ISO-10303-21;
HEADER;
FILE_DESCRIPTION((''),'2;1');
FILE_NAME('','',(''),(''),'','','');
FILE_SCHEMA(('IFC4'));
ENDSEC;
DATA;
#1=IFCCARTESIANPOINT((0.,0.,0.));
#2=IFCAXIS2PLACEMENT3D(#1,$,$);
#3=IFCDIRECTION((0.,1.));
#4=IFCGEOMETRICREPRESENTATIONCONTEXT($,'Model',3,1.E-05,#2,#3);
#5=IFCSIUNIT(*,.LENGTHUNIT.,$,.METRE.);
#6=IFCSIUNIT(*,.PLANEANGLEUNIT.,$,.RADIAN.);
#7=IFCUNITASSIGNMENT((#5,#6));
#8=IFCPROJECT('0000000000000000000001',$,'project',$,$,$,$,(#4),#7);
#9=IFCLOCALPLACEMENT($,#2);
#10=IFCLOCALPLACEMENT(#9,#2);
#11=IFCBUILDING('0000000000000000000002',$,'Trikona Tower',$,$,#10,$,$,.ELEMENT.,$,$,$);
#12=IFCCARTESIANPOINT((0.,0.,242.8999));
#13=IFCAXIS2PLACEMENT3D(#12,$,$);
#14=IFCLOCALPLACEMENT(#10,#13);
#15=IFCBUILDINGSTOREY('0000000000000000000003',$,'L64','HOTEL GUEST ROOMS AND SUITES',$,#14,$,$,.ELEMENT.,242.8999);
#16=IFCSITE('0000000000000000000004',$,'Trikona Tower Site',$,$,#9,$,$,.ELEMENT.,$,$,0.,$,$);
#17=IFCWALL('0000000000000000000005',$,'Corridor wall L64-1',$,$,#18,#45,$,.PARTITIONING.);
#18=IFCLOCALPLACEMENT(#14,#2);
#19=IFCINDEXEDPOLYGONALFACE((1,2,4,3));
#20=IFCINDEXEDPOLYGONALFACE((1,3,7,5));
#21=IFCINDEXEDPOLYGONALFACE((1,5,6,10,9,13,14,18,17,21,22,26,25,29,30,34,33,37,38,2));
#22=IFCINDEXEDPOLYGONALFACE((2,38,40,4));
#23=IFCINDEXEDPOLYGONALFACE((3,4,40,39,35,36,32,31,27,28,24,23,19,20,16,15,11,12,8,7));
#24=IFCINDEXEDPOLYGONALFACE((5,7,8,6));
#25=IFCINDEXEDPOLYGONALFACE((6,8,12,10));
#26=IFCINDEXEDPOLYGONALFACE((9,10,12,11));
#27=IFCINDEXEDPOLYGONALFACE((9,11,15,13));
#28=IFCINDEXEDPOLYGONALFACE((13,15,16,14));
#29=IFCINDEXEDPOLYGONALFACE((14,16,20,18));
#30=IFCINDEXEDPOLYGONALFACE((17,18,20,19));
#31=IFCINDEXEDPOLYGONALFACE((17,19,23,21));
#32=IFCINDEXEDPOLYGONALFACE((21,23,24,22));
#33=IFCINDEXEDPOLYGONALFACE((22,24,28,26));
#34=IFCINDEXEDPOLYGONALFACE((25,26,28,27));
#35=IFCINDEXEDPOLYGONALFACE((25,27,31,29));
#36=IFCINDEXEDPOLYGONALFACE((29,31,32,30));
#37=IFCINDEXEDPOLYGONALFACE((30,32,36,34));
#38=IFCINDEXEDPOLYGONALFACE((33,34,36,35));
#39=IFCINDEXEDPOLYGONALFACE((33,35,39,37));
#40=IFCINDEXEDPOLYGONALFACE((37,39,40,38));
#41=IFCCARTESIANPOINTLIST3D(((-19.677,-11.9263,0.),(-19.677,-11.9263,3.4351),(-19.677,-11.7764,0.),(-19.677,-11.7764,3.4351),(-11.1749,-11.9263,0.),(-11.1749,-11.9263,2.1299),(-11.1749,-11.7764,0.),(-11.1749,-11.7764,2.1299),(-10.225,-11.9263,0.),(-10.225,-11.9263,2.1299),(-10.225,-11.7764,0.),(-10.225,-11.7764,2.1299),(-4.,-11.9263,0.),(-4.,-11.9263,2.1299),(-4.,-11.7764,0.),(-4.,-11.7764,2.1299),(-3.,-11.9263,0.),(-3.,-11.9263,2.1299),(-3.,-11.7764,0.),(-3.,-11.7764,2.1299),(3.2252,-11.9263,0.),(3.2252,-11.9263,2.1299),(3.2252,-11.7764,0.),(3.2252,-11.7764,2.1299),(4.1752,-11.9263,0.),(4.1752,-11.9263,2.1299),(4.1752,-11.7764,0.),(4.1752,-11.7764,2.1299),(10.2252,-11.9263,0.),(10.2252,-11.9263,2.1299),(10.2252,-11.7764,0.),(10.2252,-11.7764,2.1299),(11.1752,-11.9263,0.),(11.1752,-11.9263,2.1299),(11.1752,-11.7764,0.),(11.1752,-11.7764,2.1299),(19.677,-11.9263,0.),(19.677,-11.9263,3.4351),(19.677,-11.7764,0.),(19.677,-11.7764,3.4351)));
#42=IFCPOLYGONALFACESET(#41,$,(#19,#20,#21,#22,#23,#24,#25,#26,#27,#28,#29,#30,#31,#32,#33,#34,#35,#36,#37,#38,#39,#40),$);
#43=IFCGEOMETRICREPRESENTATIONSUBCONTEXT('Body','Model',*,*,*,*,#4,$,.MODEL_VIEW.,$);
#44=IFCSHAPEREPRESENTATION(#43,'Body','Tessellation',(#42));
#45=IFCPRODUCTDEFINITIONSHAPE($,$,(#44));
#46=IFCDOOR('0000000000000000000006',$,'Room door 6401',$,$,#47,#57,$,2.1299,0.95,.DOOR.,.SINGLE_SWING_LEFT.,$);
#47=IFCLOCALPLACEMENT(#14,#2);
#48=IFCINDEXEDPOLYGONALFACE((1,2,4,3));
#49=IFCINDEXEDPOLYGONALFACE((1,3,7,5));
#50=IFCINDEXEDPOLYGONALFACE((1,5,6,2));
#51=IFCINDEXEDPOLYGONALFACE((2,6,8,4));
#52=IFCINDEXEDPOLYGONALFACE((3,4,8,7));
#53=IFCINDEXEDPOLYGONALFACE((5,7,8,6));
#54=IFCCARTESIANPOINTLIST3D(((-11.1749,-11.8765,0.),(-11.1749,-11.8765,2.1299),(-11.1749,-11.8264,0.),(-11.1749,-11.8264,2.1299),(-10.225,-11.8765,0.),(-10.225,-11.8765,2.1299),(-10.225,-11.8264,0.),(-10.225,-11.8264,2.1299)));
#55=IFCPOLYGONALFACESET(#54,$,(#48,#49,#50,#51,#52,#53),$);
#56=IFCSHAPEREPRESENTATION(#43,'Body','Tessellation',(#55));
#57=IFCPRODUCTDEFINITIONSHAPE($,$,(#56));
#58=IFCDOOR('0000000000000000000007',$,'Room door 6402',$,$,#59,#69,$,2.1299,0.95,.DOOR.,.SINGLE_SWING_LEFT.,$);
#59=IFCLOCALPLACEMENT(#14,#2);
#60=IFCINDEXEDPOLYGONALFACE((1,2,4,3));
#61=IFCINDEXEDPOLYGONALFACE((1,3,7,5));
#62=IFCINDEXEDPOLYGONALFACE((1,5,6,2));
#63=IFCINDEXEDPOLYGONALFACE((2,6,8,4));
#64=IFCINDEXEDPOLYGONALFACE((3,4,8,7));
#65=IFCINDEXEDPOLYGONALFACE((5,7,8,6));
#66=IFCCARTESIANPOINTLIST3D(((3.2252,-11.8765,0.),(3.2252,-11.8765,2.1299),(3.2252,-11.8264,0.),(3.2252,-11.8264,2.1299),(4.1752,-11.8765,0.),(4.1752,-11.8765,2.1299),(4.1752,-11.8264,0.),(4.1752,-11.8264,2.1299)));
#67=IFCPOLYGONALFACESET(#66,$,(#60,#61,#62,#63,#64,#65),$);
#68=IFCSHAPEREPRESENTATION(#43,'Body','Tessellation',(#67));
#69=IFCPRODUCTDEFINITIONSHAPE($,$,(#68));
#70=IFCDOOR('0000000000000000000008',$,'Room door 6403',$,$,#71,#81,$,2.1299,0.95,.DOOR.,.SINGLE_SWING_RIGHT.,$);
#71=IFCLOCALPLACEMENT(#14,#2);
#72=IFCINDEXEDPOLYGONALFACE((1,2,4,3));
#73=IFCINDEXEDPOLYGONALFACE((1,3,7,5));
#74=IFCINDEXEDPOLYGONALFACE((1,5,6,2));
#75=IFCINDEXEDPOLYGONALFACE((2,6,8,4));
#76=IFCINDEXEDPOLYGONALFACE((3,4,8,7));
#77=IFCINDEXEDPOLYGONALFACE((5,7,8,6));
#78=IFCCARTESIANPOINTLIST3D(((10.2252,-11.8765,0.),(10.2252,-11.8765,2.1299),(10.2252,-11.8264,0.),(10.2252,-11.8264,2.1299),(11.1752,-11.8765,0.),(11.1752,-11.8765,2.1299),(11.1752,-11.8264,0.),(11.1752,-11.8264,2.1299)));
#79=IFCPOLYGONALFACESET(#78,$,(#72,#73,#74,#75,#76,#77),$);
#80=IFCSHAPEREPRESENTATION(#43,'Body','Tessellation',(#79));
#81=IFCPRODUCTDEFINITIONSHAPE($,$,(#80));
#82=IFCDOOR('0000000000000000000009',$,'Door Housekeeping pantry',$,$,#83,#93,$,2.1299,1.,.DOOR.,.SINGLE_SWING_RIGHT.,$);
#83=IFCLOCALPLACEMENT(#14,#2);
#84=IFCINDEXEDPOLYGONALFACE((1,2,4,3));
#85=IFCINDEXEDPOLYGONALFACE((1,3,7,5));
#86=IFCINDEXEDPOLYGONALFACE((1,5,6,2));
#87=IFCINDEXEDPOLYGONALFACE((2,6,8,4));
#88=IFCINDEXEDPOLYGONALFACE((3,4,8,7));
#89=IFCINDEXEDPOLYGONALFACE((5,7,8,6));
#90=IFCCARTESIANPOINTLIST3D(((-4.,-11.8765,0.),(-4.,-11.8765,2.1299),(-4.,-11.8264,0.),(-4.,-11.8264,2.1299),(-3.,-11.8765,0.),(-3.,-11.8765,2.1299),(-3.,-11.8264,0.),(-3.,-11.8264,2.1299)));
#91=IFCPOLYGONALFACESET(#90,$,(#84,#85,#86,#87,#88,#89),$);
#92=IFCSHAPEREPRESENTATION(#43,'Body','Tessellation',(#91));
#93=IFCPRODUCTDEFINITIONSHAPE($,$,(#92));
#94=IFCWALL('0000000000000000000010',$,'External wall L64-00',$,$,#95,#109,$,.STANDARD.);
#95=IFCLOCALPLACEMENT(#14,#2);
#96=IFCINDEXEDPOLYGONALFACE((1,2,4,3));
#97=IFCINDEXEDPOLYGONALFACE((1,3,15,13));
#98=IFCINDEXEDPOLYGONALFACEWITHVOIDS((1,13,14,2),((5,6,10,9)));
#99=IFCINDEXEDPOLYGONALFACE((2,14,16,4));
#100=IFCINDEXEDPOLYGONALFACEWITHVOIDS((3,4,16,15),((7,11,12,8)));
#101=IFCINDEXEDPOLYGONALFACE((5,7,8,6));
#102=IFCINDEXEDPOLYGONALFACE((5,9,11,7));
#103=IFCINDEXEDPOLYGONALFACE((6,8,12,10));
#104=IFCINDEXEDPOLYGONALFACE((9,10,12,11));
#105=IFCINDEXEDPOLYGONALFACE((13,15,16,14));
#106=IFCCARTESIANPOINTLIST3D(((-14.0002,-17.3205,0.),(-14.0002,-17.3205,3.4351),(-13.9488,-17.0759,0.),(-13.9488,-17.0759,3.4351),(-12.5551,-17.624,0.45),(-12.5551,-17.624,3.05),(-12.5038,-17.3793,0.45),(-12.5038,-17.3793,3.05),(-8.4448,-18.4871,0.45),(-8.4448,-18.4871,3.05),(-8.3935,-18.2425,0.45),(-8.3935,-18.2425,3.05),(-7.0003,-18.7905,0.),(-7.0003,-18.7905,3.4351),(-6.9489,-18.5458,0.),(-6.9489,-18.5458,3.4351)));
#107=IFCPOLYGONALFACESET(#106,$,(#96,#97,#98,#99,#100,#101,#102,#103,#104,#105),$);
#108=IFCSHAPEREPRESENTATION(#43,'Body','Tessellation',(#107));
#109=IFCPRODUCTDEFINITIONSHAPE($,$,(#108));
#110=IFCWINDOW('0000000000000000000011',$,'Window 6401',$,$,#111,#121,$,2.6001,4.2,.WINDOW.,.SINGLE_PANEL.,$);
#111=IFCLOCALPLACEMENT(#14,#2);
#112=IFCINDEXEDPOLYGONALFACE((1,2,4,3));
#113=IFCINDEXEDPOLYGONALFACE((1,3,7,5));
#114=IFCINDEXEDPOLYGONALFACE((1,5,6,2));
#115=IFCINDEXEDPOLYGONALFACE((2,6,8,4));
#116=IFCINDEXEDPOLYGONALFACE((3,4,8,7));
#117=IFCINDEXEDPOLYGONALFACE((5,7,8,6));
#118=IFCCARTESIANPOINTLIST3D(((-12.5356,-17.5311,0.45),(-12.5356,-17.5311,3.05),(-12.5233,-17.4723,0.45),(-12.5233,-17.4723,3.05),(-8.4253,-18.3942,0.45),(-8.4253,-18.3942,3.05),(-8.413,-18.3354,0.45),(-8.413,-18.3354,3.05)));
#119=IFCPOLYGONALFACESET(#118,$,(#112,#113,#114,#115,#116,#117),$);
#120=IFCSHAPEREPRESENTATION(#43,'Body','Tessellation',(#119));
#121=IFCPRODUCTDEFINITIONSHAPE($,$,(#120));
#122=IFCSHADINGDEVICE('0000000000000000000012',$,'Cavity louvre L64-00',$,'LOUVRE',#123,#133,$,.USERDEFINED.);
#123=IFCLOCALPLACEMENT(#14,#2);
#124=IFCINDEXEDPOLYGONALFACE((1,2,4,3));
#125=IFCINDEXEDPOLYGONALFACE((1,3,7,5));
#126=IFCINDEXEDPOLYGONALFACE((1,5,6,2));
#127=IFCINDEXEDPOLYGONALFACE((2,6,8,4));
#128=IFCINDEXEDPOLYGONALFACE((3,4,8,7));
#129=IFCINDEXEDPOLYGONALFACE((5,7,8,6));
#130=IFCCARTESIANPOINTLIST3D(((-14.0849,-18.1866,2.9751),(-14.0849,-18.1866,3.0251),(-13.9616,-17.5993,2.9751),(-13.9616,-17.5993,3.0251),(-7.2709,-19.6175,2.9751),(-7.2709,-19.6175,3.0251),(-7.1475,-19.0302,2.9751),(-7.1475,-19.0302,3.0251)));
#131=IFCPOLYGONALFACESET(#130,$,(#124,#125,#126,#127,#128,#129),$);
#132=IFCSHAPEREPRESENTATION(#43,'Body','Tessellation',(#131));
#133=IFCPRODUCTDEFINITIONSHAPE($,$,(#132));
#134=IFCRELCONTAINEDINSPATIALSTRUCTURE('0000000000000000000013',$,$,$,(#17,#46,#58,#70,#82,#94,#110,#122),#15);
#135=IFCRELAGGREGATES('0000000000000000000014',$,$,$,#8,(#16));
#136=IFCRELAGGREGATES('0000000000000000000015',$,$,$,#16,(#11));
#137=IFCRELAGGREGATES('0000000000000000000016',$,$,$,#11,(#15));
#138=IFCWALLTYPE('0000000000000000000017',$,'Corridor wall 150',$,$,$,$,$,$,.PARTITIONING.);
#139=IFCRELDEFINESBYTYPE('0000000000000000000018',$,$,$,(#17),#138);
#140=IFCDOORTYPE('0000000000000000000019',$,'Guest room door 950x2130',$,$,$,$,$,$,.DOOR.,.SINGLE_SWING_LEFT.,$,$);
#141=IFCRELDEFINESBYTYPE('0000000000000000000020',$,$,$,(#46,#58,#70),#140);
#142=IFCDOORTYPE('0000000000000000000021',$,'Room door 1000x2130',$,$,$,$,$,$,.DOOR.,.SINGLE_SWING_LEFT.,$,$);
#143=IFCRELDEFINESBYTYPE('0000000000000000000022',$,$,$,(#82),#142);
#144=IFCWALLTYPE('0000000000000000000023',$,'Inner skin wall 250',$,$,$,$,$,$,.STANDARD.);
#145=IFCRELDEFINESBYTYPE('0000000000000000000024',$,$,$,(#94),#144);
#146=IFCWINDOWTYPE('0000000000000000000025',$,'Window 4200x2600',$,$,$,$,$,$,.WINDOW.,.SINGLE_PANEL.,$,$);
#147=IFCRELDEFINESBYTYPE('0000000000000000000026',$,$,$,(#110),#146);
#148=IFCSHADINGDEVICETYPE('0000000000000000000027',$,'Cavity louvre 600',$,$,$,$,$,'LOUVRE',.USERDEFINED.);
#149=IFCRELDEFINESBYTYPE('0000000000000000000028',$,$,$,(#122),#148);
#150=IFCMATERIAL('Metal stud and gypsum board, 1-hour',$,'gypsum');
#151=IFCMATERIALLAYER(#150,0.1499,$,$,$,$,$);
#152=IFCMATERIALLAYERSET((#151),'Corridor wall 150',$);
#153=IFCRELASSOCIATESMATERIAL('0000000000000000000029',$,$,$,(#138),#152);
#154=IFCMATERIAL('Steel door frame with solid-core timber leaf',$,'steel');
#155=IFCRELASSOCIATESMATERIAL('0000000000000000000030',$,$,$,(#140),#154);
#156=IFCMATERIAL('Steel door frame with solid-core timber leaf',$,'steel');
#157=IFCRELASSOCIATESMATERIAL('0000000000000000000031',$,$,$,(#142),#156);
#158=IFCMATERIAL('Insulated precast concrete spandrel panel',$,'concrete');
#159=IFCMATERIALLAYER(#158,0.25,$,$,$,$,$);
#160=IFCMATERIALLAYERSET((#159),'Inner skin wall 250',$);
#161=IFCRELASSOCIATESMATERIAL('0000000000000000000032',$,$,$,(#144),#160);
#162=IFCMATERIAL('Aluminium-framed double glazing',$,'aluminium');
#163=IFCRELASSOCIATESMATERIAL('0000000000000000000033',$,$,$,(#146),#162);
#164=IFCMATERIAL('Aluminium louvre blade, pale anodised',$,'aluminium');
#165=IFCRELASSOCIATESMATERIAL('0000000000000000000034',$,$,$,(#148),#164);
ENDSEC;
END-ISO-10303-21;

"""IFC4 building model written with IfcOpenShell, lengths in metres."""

from ifc_helpers import new_model, si_unit, direction, frame, frame_2d, origin, origin_2d, place, context, subcontext, project, spatial, rectangle, extrude, material, layer, layer_set, type_object, element, fill, save


model = new_model("IFC4")

# Units and contexts
model_context = context("Model", 3, precision=1e-05, world=origin(), true_north=direction((0.0, 1.0)))
body_context = subcontext(model_context, "Body", "Model", "MODEL_VIEW")
ifc_project = project(units=[si_unit("LENGTHUNIT", "METRE"), si_unit("PLANEANGLEUNIT", "RADIAN")], contexts=[model_context])

# Site, building, storey
site_placement = place(None, origin())
site = spatial("IfcSite", under=ifc_project, at=site_placement, Name="Trikona Tower Site", CompositionType="ELEMENT", RefElevation=0.0)
building_placement = place(site_placement, origin())
building = spatial("IfcBuilding", under=site, at=building_placement, Name="Trikona Tower", CompositionType="ELEMENT")
storey_placement = place(building_placement, frame((0.0, 0.0, 242.8999)))
storey = spatial("IfcBuildingStorey", under=building, at=storey_placement, Name="L64", Description="HOTEL GUEST ROOMS AND SUITES", CompositionType="ELEMENT", Elevation=242.8999)

# Wall, openings, doors
ifc_material_1 = material(Name="Metal stud and gypsum board, 1-hour", Category="gypsum")
ifc_layer_1 = layer(ifc_material_1, 0.1499)
ifc_layer_set_1 = layer_set([ifc_layer_1], Name="Corridor wall 150")
wall_type_1 = type_object("IfcWallType", Name="Corridor wall 150", PredefinedType="PARTITIONING", material=ifc_layer_set_1)
wall_1_placement = place(storey_placement, frame((-19.677, -11.8513, 0.0), z_axis=(0.0, 0.0, 1.0), x_axis=(1.0, 0.0, 0.0)))
wall_1 = element("IfcWall", 1, at=wall_1_placement, inside=storey, type_object=wall_type_1, Name="Corridor wall L64-1", PredefinedType="PARTITIONING", context=body_context, shape_type="SweptSolid", body=[
    extrude(rectangle(XDim=39.354, YDim=0.1499, at=frame_2d((19.677, 0.0))), origin(), (0.0, 0.0, 1.0), 3.4351),
])
opening_1_placement = place(wall_1_placement, frame((8.502, 0.0, 0.0)))
opening_1 = element("IfcOpeningElement", 2, at=opening_1_placement, cuts=wall_1, PredefinedType="OPENING", context=body_context, shape_type="SweptSolid", body=[
    extrude(rectangle(XDim=0.95, YDim=2.1299, at=frame_2d((0.4751, 1.0649))), frame((0.0, 0.085, 0.0), z_axis=(0.0, -1.0, 0.0), x_axis=(1.0, 0.0, 0.0)), (0.0, 0.0, 1.0), 0.1699),
])
opening_2_placement = place(wall_1_placement, frame((15.677, 0.0, 0.0)))
opening_2 = element("IfcOpeningElement", 3, at=opening_2_placement, cuts=wall_1, PredefinedType="OPENING", context=body_context, shape_type="SweptSolid", body=[
    extrude(rectangle(XDim=1.0, YDim=2.1299, at=frame_2d((0.5, 1.0649))), frame((0.0, 0.085, 0.0), z_axis=(0.0, -1.0, 0.0), x_axis=(1.0, 0.0, 0.0)), (0.0, 0.0, 1.0), 0.1699),
])
opening_3_placement = place(wall_1_placement, frame((22.9021, 0.0, 0.0)))
opening_3 = element("IfcOpeningElement", 4, at=opening_3_placement, cuts=wall_1, PredefinedType="OPENING", context=body_context, shape_type="SweptSolid", body=[
    extrude(rectangle(XDim=0.95, YDim=2.1299, at=frame_2d((0.4751, 1.0649))), frame((0.0, 0.085, 0.0), z_axis=(0.0, -1.0, 0.0), x_axis=(1.0, 0.0, 0.0)), (0.0, 0.0, 1.0), 0.1699),
])
opening_4_placement = place(wall_1_placement, frame((29.9021, 0.0, 0.0)))
opening_4 = element("IfcOpeningElement", 5, at=opening_4_placement, cuts=wall_1, PredefinedType="OPENING", context=body_context, shape_type="SweptSolid", body=[
    extrude(rectangle(XDim=0.95, YDim=2.1299, at=frame_2d((0.4751, 1.0649))), frame((0.0, 0.085, 0.0), z_axis=(0.0, -1.0, 0.0), x_axis=(1.0, 0.0, 0.0)), (0.0, 0.0, 1.0), 0.1699),
])
ifc_material_2 = material(Name="Steel door frame with solid-core timber leaf", Category="steel")
door_type_1 = type_object("IfcDoorType", Name="Guest room door 950x2130", OperationType="SINGLE_SWING_LEFT", PredefinedType="DOOR", material=ifc_material_2)
door_1_placement = place(opening_1_placement, origin())
door_1 = element("IfcDoor", 6, at=door_1_placement, inside=storey, type_object=door_type_1, Name="Room door 6401", OperationType="SINGLE_SWING_LEFT", OverallHeight=2.1299, OverallWidth=0.95, PredefinedType="DOOR", context=body_context, shape_type="SweptSolid", body=[
    extrude(rectangle(XDim=0.95, YDim=2.1299, at=frame_2d((0.4751, 1.0649))), frame((0.0, 0.0249, 0.0), z_axis=(0.0, -1.0, 0.0), x_axis=(1.0, 0.0, 0.0)), (0.0, 0.0, 1.0), 0.05),
])
fill(opening_1, door_1)
door_2_placement = place(opening_3_placement, origin())
door_2 = element("IfcDoor", 7, at=door_2_placement, inside=storey, type_object=door_type_1, Name="Room door 6402", OperationType="SINGLE_SWING_LEFT", OverallHeight=2.1299, OverallWidth=0.95, PredefinedType="DOOR", context=body_context, shape_type="SweptSolid", body=[
    extrude(rectangle(XDim=0.95, YDim=2.1299, at=frame_2d((0.4751, 1.0649))), frame((0.0, 0.0249, 0.0), z_axis=(0.0, -1.0, 0.0), x_axis=(1.0, 0.0, 0.0)), (0.0, 0.0, 1.0), 0.05),
])
fill(opening_3, door_2)
door_3_placement = place(opening_4_placement, origin())
door_3 = element("IfcDoor", 8, at=door_3_placement, inside=storey, type_object=door_type_1, Name="Room door 6403", OperationType="SINGLE_SWING_RIGHT", OverallHeight=2.1299, OverallWidth=0.95, PredefinedType="DOOR", context=body_context, shape_type="SweptSolid", body=[
    extrude(rectangle(XDim=0.95, YDim=2.1299, at=frame_2d((0.4751, 1.0649))), frame((0.0, 0.0249, 0.0), z_axis=(0.0, -1.0, 0.0), x_axis=(1.0, 0.0, 0.0)), (0.0, 0.0, 1.0), 0.05),
])
fill(opening_4, door_3)
ifc_material_3 = material(Name="Steel door frame with solid-core timber leaf", Category="steel")
door_type_2 = type_object("IfcDoorType", Name="Room door 1000x2130", OperationType="SINGLE_SWING_LEFT", PredefinedType="DOOR", material=ifc_material_3)
door_4_placement = place(opening_2_placement, origin())
door_4 = element("IfcDoor", 9, at=door_4_placement, inside=storey, type_object=door_type_2, Name="Door Housekeeping pantry", OperationType="SINGLE_SWING_RIGHT", OverallHeight=2.1299, OverallWidth=1.0, PredefinedType="DOOR", context=body_context, shape_type="SweptSolid", body=[
    extrude(rectangle(XDim=1.0, YDim=2.1299, at=frame_2d((0.5, 1.0649))), frame((0.0, 0.0249, 0.0), z_axis=(0.0, -1.0, 0.0), x_axis=(1.0, 0.0, 0.0)), (0.0, 0.0, 1.0), 0.05),
])
fill(opening_2, door_4)

# Wall, opening, window
ifc_material_4 = material(Name="Insulated precast concrete spandrel panel", Category="concrete")
ifc_layer_2 = layer(ifc_material_4, 0.25)
ifc_layer_set_2 = layer_set([ifc_layer_2], Name="Inner skin wall 250")
wall_type_2 = type_object("IfcWallType", Name="Inner skin wall 250", PredefinedType="STANDARD", material=ifc_layer_set_2)
wall_2_placement = place(storey_placement, frame((-13.9744, -17.1982, 0.0), z_axis=(0.0, 0.0, 1.0), x_axis=(0.978654, -0.205513, 0.0)))
wall_2 = element("IfcWall", 10, at=wall_2_placement, inside=storey, type_object=wall_type_2, Name="External wall L64-00", PredefinedType="STANDARD", context=body_context, shape_type="SweptSolid", body=[
    extrude(rectangle(XDim=7.1526, YDim=0.25, at=frame_2d((3.5762, 0.0))), origin(), (0.0, 0.0, 1.0), 3.4351),
])
opening_5_placement = place(wall_2_placement, frame((1.4763, 0.0, 0.45)))
opening_5 = element("IfcOpeningElement", 11, at=opening_5_placement, cuts=wall_2, PredefinedType="OPENING", context=body_context, shape_type="SweptSolid", body=[
    extrude(rectangle(XDim=4.2, YDim=2.6001, at=frame_2d((2.1001, 1.3))), frame((0.0, 0.135, 0.0), z_axis=(0.0, -1.0, 0.0), x_axis=(1.0, 0.0, 0.0)), (0.0, 0.0, 1.0), 0.27),
])
ifc_material_5 = material(Name="Aluminium-framed double glazing", Category="aluminium")
window_type_1 = type_object("IfcWindowType", Name="Window 4200x2600", PartitioningType="SINGLE_PANEL", PredefinedType="WINDOW", material=ifc_material_5)
window_1_placement = place(opening_5_placement, origin())
window_1 = element("IfcWindow", 12, at=window_1_placement, inside=storey, type_object=window_type_1, Name="Window 6401", OverallHeight=2.6001, OverallWidth=4.2, PartitioningType="SINGLE_PANEL", PredefinedType="WINDOW", context=body_context, shape_type="SweptSolid", body=[
    extrude(rectangle(XDim=4.2, YDim=2.6001, at=frame_2d((2.1001, 1.3))), frame((0.0, 0.03, 0.0), z_axis=(0.0, -1.0, 0.0), x_axis=(1.0, 0.0, 0.0)), (0.0, 0.0, 1.0), 0.0601),
])
fill(opening_5, window_1)

# Shading device
ifc_material_6 = material(Name="Aluminium louvre blade, pale anodised", Category="aluminium")
shading_device_type = type_object("IfcShadingDeviceType", Name="Cavity louvre 600", ElementType="LOUVRE", PredefinedType="USERDEFINED", material=ifc_material_6)
shading_device_placement = place(storey_placement, frame((-10.6162, -18.6084, 2.9751), z_axis=(0.0, 0.0, 1.0), x_axis=(0.978653, -0.205518, 0.0)))
element("IfcShadingDevice", 13, at=shading_device_placement, inside=storey, type_object=shading_device_type, Name="Cavity louvre L64-00", ObjectType="LOUVRE", PredefinedType="USERDEFINED", context=body_context, shape_type="SweptSolid", body=[
    extrude(rectangle(XDim=6.9626, YDim=0.6001, at=origin_2d()), origin(), (0.0, 0.0, 1.0), 0.05),
])

save(model, "model.ifc")
